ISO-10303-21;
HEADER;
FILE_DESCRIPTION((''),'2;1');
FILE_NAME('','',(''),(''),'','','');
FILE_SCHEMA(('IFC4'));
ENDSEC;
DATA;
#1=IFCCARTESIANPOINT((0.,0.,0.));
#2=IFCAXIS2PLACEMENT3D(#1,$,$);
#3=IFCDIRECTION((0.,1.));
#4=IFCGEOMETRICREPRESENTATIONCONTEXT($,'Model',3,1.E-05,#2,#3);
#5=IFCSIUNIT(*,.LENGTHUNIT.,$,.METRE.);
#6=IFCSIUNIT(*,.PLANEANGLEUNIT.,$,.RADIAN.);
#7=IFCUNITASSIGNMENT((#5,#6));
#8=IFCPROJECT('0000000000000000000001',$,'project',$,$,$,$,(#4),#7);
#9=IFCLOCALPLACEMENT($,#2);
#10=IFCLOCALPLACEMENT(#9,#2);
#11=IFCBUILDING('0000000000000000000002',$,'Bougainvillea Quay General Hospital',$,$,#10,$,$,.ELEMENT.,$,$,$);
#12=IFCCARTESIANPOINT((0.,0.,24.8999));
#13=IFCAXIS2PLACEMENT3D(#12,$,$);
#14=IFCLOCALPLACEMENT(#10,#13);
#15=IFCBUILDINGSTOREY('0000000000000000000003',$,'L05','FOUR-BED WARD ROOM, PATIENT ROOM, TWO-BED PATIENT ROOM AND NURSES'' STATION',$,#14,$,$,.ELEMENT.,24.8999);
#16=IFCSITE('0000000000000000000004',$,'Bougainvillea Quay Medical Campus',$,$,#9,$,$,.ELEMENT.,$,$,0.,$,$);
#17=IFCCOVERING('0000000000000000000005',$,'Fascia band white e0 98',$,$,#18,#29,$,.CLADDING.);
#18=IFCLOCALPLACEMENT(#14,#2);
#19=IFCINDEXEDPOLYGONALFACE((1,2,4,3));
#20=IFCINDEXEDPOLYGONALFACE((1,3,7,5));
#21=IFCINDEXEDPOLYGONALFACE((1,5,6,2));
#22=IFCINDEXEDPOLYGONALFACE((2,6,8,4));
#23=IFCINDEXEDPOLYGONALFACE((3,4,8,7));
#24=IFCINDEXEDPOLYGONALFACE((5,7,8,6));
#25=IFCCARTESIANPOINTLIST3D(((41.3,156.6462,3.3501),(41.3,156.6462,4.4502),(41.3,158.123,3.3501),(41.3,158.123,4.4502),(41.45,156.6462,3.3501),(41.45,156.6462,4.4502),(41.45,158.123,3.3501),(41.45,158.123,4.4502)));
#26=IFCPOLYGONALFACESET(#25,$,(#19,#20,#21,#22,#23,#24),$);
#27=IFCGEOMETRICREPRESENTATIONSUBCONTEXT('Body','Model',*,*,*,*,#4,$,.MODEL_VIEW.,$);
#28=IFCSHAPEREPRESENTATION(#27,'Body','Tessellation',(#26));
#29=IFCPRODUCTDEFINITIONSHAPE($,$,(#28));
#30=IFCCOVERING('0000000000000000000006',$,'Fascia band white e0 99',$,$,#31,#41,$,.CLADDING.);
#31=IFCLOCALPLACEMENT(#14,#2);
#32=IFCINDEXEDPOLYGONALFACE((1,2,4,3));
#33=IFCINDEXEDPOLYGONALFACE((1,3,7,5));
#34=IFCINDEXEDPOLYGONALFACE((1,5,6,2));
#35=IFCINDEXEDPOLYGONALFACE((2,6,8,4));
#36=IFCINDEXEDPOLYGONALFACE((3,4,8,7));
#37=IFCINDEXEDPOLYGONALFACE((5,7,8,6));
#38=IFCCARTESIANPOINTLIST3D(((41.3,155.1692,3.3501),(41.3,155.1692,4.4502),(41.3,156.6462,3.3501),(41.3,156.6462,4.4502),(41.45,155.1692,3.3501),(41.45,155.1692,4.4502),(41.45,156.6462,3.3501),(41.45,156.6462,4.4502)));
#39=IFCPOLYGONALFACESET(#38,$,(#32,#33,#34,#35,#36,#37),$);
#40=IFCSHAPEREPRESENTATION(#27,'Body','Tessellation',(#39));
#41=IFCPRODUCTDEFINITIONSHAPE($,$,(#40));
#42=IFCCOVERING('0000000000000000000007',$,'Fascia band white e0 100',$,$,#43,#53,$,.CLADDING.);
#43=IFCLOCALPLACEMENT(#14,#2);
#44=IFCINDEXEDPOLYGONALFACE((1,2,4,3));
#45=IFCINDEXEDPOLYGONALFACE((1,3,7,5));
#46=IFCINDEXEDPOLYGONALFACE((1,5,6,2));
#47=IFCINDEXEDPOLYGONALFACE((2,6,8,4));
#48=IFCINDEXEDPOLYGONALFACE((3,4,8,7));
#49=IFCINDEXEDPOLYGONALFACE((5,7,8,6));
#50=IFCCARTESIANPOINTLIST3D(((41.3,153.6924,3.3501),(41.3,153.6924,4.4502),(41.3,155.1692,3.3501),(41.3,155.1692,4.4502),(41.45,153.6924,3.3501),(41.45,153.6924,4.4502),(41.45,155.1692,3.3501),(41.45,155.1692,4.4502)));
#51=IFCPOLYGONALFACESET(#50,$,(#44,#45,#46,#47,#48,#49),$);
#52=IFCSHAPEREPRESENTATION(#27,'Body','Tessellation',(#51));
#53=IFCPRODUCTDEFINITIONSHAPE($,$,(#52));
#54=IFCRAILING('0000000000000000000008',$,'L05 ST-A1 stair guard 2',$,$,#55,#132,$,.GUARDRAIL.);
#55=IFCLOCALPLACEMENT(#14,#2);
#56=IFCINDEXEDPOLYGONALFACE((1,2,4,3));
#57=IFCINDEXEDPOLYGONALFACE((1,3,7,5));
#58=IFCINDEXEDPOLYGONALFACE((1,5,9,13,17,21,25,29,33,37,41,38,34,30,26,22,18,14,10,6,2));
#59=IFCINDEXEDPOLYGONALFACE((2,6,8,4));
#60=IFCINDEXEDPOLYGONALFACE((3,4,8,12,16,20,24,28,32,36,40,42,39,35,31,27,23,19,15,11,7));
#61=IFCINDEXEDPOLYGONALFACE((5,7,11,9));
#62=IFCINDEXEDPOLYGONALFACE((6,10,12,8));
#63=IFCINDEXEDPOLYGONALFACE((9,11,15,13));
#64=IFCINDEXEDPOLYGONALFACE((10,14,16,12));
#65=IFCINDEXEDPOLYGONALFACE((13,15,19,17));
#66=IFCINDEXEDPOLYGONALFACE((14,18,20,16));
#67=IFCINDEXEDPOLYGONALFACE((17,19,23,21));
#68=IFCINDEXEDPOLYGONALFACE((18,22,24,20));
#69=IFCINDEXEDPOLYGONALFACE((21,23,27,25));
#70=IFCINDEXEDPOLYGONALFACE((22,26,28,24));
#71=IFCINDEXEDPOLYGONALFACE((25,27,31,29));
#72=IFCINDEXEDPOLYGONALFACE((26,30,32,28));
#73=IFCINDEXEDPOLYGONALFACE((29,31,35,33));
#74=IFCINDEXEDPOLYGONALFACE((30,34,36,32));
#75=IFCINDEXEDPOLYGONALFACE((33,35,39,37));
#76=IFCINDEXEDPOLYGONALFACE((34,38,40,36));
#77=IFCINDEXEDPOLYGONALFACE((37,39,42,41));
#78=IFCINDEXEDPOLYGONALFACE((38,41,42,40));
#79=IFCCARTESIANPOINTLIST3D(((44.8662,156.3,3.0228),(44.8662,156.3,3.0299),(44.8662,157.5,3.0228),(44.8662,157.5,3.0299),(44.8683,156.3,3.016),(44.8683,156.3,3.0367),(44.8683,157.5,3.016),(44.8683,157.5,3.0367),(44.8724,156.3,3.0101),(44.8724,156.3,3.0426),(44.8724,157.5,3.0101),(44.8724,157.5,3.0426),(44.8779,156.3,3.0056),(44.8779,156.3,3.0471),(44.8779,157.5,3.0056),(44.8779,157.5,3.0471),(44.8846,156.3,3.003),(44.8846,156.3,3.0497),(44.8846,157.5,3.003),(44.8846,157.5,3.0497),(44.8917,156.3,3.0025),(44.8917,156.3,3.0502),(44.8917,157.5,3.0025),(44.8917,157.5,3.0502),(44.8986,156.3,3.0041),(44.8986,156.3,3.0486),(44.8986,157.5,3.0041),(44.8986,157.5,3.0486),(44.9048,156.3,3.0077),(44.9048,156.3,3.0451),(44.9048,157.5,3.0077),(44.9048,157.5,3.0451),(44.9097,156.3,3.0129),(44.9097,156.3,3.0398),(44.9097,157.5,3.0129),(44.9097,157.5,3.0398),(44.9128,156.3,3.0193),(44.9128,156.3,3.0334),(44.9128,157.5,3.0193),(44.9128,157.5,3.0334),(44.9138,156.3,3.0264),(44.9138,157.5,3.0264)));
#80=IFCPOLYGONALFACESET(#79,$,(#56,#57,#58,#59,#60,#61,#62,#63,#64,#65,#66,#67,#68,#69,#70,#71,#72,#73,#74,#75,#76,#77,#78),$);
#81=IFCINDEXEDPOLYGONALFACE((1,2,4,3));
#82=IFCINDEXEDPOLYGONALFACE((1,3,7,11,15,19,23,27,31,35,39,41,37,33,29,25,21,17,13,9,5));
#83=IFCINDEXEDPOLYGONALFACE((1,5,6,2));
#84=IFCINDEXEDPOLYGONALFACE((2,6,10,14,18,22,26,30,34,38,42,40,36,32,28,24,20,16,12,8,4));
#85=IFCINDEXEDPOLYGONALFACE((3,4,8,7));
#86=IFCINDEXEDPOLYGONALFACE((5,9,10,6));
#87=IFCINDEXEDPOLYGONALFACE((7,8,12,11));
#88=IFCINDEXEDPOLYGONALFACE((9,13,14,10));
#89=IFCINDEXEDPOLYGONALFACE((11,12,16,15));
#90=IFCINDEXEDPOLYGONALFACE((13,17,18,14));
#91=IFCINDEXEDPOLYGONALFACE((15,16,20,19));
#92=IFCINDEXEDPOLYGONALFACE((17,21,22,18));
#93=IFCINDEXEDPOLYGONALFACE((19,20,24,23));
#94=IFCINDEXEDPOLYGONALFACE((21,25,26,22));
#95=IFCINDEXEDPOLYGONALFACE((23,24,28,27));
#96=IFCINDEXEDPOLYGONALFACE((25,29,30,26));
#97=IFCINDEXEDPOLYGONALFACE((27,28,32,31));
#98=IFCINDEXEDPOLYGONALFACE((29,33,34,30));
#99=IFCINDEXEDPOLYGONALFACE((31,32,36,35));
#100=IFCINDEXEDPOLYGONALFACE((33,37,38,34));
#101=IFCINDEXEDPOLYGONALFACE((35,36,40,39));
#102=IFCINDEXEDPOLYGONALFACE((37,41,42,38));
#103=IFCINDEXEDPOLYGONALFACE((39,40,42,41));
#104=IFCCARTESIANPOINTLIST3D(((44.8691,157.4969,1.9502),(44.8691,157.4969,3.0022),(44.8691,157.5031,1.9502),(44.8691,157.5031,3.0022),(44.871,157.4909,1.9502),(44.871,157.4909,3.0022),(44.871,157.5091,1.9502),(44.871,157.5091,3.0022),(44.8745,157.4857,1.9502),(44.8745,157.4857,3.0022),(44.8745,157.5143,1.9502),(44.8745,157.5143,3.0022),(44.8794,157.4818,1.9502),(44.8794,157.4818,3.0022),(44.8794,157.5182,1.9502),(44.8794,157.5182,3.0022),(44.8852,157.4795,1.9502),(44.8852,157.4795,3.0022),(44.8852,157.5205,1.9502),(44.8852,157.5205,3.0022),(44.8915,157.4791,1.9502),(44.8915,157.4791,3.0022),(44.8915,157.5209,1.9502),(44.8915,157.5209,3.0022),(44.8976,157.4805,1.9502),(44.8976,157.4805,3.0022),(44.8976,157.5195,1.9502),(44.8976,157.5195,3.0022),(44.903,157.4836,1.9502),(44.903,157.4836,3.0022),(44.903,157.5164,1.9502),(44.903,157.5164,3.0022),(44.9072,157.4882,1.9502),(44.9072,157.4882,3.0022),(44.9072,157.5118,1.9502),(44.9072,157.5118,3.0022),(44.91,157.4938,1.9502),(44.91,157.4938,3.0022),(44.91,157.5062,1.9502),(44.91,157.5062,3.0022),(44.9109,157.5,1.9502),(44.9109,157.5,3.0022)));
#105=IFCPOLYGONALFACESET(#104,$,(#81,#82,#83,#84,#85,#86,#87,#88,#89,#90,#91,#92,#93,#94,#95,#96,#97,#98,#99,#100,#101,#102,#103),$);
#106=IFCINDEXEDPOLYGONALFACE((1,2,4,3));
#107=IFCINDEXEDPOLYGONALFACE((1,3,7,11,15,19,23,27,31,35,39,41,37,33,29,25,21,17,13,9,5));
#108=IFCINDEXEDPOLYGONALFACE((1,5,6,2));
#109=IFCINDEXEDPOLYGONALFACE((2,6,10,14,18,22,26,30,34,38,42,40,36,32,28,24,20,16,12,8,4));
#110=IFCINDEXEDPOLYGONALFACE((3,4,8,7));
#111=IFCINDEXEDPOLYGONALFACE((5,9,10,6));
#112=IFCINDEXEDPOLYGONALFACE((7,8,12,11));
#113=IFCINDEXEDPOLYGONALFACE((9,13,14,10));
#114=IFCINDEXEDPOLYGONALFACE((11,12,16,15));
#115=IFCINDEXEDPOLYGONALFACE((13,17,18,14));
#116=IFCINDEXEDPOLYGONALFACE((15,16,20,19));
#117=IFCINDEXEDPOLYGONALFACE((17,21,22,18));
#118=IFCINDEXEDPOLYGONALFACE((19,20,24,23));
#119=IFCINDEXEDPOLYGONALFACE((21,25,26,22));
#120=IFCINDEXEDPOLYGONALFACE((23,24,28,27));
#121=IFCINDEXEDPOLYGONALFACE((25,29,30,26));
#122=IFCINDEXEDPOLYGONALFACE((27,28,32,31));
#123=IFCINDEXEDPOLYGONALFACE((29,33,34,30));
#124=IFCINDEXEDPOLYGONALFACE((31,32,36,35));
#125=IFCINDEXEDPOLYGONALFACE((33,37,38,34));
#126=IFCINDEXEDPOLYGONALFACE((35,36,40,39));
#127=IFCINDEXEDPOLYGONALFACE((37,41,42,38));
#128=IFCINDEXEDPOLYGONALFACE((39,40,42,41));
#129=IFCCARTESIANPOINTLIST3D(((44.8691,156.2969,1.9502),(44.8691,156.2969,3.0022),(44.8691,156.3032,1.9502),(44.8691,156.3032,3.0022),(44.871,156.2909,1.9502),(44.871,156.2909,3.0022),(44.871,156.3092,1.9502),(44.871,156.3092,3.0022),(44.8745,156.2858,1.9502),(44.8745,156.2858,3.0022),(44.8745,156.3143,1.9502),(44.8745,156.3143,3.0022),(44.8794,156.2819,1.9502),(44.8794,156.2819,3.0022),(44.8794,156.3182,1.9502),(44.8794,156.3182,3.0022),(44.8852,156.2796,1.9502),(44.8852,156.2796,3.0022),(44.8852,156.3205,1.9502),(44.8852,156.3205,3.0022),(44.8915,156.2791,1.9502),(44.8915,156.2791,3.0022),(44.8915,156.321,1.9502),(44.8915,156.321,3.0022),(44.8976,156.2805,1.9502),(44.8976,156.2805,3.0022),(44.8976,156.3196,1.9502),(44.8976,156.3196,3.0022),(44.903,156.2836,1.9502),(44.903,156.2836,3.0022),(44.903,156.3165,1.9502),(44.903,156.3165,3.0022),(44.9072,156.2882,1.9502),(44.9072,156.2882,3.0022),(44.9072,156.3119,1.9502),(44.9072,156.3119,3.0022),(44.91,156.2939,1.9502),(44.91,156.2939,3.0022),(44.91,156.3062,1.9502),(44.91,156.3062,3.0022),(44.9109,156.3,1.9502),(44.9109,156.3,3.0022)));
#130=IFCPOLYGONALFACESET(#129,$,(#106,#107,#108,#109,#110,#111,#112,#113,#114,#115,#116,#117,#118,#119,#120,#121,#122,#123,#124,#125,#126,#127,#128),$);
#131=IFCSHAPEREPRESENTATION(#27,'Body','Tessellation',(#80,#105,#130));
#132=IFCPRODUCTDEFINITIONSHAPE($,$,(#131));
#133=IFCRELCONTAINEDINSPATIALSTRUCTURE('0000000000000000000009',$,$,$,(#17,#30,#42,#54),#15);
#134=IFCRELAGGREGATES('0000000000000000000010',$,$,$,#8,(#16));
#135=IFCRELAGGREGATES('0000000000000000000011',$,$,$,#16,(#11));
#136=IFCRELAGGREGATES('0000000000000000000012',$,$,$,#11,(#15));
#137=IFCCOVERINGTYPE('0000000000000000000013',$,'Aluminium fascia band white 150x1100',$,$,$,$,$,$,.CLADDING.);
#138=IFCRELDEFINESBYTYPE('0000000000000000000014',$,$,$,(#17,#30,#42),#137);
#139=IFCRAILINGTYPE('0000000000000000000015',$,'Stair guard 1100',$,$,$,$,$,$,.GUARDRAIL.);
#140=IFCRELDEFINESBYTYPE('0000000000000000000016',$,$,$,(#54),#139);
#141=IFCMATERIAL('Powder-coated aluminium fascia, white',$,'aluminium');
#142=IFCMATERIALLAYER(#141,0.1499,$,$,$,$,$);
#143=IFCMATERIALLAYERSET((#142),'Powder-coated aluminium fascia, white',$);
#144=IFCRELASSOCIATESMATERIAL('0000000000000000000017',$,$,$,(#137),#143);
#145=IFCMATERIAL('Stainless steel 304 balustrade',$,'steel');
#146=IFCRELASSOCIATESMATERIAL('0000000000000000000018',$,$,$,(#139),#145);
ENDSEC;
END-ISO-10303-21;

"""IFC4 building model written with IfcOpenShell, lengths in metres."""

from ifc_helpers import new_model, si_unit, direction, frame, origin, origin_2d, place, context, subcontext, project, spatial, polyline, circle, outline, extrude, material, layer, layer_set, type_object, element, save


model = new_model("IFC4")

# Units and contexts
model_context = context("Model", 3, precision=1e-05, world=origin(), true_north=direction((0.0, 1.0)))
body_context = subcontext(model_context, "Body", "Model", "MODEL_VIEW")
ifc_project = project(units=[si_unit("LENGTHUNIT", "METRE"), si_unit("PLANEANGLEUNIT", "RADIAN")], contexts=[model_context])

# Site, building, storey
site_placement = place(None, origin())
site = spatial("IfcSite", under=ifc_project, at=site_placement, Name="Bougainvillea Quay Medical Campus", CompositionType="ELEMENT", RefElevation=0.0)
building_placement = place(site_placement, origin())
building = spatial("IfcBuilding", under=site, at=building_placement, Name="Bougainvillea Quay General Hospital", CompositionType="ELEMENT")
storey_placement = place(building_placement, frame((0.0, 0.0, 24.8999)))
storey = spatial("IfcBuildingStorey", under=building, at=storey_placement, Name="L05", Description="FOUR-BED WARD ROOM, PATIENT ROOM, TWO-BED PATIENT ROOM AND NURSES' STATION", CompositionType="ELEMENT", Elevation=24.8999)

# Coverings
ifc_material_1 = material(Name="Powder-coated aluminium fascia, white", Category="aluminium")
ifc_layer_1 = layer(ifc_material_1, 0.1499)
ifc_layer_set_1 = layer_set([ifc_layer_1], Name="Powder-coated aluminium fascia, white")
covering_type = type_object("IfcCoveringType", Name="Aluminium fascia band white 150x1100", PredefinedType="CLADDING", material=ifc_layer_set_1)
covering_1_placement = place(storey_placement, frame((41.45, 158.123, 3.3501), z_axis=(0.0, 0.0, 1.0), x_axis=(0.0, -1.0, 0.0)))
element("IfcCovering", 1, at=covering_1_placement, inside=storey, type_object=covering_type, Name="Fascia band white e0 98", PredefinedType="CLADDING", context=body_context, shape_type="SweptSolid", body=[
    extrude(outline(polyline([(0.0, 0.0), (1.4768, 0.0), (1.4768, -0.1499), (0.0, -0.1499), (0.0, 0.0)])), origin(), (0.0, 0.0, 1.0), 1.1001),
])
covering_2_placement = place(storey_placement, frame((41.45, 156.6462, 3.3501), z_axis=(0.0, 0.0, 1.0), x_axis=(0.0, -1.0, 0.0)))
element("IfcCovering", 2, at=covering_2_placement, inside=storey, type_object=covering_type, Name="Fascia band white e0 99", PredefinedType="CLADDING", context=body_context, shape_type="SweptSolid", body=[
    extrude(outline(polyline([(0.0, 0.0), (1.4771, 0.0), (1.4771, -0.1499), (0.0, -0.1499), (0.0, 0.0)])), origin(), (0.0, 0.0, 1.0), 1.1001),
])
covering_3_placement = place(storey_placement, frame((41.45, 155.1692, 3.3501), z_axis=(0.0, 0.0, 1.0), x_axis=(0.0, -1.0, 0.0)))
element("IfcCovering", 3, at=covering_3_placement, inside=storey, type_object=covering_type, Name="Fascia band white e0 100", PredefinedType="CLADDING", context=body_context, shape_type="SweptSolid", body=[
    extrude(outline(polyline([(0.0, 0.0), (1.4768, 0.0), (1.4768, -0.1499), (0.0, -0.1499), (0.0, 0.0)])), origin(), (0.0, 0.0, 1.0), 1.1001),
])

# Railing
ifc_material_2 = material(Name="Stainless steel 304 balustrade", Category="steel")
railing_type_1 = type_object("IfcRailingType", Name="Stair guard 1100", PredefinedType="GUARDRAIL", material=ifc_material_2)
railing_1_placement = place(storey_placement, frame((44.8899, 157.5, 1.9502)))
element("IfcRailing", 4, at=railing_1_placement, inside=storey, type_object=railing_type_1, Name="L05 ST-A1 stair guard 2", PredefinedType="GUARDRAIL", context=body_context, shape_type="SweptSolid", body=[
    extrude(circle(Radius=0.0239, at=origin_2d()), frame((0.0, 0.0, 1.0762), z_axis=(0.0, -1.0, 0.0), x_axis=(1.0, 0.0, 0.0)), (0.0, 0.0, 1.0), 1.2),
    extrude(circle(Radius=0.021, at=origin_2d()), origin(), (0.0, 0.0, 1.0), 1.052),
    extrude(circle(Radius=0.021, at=origin_2d()), frame((0.0, -1.2, 0.0)), (0.0, 0.0, 1.0), 1.052),
])

save(model, "model.ifc")
